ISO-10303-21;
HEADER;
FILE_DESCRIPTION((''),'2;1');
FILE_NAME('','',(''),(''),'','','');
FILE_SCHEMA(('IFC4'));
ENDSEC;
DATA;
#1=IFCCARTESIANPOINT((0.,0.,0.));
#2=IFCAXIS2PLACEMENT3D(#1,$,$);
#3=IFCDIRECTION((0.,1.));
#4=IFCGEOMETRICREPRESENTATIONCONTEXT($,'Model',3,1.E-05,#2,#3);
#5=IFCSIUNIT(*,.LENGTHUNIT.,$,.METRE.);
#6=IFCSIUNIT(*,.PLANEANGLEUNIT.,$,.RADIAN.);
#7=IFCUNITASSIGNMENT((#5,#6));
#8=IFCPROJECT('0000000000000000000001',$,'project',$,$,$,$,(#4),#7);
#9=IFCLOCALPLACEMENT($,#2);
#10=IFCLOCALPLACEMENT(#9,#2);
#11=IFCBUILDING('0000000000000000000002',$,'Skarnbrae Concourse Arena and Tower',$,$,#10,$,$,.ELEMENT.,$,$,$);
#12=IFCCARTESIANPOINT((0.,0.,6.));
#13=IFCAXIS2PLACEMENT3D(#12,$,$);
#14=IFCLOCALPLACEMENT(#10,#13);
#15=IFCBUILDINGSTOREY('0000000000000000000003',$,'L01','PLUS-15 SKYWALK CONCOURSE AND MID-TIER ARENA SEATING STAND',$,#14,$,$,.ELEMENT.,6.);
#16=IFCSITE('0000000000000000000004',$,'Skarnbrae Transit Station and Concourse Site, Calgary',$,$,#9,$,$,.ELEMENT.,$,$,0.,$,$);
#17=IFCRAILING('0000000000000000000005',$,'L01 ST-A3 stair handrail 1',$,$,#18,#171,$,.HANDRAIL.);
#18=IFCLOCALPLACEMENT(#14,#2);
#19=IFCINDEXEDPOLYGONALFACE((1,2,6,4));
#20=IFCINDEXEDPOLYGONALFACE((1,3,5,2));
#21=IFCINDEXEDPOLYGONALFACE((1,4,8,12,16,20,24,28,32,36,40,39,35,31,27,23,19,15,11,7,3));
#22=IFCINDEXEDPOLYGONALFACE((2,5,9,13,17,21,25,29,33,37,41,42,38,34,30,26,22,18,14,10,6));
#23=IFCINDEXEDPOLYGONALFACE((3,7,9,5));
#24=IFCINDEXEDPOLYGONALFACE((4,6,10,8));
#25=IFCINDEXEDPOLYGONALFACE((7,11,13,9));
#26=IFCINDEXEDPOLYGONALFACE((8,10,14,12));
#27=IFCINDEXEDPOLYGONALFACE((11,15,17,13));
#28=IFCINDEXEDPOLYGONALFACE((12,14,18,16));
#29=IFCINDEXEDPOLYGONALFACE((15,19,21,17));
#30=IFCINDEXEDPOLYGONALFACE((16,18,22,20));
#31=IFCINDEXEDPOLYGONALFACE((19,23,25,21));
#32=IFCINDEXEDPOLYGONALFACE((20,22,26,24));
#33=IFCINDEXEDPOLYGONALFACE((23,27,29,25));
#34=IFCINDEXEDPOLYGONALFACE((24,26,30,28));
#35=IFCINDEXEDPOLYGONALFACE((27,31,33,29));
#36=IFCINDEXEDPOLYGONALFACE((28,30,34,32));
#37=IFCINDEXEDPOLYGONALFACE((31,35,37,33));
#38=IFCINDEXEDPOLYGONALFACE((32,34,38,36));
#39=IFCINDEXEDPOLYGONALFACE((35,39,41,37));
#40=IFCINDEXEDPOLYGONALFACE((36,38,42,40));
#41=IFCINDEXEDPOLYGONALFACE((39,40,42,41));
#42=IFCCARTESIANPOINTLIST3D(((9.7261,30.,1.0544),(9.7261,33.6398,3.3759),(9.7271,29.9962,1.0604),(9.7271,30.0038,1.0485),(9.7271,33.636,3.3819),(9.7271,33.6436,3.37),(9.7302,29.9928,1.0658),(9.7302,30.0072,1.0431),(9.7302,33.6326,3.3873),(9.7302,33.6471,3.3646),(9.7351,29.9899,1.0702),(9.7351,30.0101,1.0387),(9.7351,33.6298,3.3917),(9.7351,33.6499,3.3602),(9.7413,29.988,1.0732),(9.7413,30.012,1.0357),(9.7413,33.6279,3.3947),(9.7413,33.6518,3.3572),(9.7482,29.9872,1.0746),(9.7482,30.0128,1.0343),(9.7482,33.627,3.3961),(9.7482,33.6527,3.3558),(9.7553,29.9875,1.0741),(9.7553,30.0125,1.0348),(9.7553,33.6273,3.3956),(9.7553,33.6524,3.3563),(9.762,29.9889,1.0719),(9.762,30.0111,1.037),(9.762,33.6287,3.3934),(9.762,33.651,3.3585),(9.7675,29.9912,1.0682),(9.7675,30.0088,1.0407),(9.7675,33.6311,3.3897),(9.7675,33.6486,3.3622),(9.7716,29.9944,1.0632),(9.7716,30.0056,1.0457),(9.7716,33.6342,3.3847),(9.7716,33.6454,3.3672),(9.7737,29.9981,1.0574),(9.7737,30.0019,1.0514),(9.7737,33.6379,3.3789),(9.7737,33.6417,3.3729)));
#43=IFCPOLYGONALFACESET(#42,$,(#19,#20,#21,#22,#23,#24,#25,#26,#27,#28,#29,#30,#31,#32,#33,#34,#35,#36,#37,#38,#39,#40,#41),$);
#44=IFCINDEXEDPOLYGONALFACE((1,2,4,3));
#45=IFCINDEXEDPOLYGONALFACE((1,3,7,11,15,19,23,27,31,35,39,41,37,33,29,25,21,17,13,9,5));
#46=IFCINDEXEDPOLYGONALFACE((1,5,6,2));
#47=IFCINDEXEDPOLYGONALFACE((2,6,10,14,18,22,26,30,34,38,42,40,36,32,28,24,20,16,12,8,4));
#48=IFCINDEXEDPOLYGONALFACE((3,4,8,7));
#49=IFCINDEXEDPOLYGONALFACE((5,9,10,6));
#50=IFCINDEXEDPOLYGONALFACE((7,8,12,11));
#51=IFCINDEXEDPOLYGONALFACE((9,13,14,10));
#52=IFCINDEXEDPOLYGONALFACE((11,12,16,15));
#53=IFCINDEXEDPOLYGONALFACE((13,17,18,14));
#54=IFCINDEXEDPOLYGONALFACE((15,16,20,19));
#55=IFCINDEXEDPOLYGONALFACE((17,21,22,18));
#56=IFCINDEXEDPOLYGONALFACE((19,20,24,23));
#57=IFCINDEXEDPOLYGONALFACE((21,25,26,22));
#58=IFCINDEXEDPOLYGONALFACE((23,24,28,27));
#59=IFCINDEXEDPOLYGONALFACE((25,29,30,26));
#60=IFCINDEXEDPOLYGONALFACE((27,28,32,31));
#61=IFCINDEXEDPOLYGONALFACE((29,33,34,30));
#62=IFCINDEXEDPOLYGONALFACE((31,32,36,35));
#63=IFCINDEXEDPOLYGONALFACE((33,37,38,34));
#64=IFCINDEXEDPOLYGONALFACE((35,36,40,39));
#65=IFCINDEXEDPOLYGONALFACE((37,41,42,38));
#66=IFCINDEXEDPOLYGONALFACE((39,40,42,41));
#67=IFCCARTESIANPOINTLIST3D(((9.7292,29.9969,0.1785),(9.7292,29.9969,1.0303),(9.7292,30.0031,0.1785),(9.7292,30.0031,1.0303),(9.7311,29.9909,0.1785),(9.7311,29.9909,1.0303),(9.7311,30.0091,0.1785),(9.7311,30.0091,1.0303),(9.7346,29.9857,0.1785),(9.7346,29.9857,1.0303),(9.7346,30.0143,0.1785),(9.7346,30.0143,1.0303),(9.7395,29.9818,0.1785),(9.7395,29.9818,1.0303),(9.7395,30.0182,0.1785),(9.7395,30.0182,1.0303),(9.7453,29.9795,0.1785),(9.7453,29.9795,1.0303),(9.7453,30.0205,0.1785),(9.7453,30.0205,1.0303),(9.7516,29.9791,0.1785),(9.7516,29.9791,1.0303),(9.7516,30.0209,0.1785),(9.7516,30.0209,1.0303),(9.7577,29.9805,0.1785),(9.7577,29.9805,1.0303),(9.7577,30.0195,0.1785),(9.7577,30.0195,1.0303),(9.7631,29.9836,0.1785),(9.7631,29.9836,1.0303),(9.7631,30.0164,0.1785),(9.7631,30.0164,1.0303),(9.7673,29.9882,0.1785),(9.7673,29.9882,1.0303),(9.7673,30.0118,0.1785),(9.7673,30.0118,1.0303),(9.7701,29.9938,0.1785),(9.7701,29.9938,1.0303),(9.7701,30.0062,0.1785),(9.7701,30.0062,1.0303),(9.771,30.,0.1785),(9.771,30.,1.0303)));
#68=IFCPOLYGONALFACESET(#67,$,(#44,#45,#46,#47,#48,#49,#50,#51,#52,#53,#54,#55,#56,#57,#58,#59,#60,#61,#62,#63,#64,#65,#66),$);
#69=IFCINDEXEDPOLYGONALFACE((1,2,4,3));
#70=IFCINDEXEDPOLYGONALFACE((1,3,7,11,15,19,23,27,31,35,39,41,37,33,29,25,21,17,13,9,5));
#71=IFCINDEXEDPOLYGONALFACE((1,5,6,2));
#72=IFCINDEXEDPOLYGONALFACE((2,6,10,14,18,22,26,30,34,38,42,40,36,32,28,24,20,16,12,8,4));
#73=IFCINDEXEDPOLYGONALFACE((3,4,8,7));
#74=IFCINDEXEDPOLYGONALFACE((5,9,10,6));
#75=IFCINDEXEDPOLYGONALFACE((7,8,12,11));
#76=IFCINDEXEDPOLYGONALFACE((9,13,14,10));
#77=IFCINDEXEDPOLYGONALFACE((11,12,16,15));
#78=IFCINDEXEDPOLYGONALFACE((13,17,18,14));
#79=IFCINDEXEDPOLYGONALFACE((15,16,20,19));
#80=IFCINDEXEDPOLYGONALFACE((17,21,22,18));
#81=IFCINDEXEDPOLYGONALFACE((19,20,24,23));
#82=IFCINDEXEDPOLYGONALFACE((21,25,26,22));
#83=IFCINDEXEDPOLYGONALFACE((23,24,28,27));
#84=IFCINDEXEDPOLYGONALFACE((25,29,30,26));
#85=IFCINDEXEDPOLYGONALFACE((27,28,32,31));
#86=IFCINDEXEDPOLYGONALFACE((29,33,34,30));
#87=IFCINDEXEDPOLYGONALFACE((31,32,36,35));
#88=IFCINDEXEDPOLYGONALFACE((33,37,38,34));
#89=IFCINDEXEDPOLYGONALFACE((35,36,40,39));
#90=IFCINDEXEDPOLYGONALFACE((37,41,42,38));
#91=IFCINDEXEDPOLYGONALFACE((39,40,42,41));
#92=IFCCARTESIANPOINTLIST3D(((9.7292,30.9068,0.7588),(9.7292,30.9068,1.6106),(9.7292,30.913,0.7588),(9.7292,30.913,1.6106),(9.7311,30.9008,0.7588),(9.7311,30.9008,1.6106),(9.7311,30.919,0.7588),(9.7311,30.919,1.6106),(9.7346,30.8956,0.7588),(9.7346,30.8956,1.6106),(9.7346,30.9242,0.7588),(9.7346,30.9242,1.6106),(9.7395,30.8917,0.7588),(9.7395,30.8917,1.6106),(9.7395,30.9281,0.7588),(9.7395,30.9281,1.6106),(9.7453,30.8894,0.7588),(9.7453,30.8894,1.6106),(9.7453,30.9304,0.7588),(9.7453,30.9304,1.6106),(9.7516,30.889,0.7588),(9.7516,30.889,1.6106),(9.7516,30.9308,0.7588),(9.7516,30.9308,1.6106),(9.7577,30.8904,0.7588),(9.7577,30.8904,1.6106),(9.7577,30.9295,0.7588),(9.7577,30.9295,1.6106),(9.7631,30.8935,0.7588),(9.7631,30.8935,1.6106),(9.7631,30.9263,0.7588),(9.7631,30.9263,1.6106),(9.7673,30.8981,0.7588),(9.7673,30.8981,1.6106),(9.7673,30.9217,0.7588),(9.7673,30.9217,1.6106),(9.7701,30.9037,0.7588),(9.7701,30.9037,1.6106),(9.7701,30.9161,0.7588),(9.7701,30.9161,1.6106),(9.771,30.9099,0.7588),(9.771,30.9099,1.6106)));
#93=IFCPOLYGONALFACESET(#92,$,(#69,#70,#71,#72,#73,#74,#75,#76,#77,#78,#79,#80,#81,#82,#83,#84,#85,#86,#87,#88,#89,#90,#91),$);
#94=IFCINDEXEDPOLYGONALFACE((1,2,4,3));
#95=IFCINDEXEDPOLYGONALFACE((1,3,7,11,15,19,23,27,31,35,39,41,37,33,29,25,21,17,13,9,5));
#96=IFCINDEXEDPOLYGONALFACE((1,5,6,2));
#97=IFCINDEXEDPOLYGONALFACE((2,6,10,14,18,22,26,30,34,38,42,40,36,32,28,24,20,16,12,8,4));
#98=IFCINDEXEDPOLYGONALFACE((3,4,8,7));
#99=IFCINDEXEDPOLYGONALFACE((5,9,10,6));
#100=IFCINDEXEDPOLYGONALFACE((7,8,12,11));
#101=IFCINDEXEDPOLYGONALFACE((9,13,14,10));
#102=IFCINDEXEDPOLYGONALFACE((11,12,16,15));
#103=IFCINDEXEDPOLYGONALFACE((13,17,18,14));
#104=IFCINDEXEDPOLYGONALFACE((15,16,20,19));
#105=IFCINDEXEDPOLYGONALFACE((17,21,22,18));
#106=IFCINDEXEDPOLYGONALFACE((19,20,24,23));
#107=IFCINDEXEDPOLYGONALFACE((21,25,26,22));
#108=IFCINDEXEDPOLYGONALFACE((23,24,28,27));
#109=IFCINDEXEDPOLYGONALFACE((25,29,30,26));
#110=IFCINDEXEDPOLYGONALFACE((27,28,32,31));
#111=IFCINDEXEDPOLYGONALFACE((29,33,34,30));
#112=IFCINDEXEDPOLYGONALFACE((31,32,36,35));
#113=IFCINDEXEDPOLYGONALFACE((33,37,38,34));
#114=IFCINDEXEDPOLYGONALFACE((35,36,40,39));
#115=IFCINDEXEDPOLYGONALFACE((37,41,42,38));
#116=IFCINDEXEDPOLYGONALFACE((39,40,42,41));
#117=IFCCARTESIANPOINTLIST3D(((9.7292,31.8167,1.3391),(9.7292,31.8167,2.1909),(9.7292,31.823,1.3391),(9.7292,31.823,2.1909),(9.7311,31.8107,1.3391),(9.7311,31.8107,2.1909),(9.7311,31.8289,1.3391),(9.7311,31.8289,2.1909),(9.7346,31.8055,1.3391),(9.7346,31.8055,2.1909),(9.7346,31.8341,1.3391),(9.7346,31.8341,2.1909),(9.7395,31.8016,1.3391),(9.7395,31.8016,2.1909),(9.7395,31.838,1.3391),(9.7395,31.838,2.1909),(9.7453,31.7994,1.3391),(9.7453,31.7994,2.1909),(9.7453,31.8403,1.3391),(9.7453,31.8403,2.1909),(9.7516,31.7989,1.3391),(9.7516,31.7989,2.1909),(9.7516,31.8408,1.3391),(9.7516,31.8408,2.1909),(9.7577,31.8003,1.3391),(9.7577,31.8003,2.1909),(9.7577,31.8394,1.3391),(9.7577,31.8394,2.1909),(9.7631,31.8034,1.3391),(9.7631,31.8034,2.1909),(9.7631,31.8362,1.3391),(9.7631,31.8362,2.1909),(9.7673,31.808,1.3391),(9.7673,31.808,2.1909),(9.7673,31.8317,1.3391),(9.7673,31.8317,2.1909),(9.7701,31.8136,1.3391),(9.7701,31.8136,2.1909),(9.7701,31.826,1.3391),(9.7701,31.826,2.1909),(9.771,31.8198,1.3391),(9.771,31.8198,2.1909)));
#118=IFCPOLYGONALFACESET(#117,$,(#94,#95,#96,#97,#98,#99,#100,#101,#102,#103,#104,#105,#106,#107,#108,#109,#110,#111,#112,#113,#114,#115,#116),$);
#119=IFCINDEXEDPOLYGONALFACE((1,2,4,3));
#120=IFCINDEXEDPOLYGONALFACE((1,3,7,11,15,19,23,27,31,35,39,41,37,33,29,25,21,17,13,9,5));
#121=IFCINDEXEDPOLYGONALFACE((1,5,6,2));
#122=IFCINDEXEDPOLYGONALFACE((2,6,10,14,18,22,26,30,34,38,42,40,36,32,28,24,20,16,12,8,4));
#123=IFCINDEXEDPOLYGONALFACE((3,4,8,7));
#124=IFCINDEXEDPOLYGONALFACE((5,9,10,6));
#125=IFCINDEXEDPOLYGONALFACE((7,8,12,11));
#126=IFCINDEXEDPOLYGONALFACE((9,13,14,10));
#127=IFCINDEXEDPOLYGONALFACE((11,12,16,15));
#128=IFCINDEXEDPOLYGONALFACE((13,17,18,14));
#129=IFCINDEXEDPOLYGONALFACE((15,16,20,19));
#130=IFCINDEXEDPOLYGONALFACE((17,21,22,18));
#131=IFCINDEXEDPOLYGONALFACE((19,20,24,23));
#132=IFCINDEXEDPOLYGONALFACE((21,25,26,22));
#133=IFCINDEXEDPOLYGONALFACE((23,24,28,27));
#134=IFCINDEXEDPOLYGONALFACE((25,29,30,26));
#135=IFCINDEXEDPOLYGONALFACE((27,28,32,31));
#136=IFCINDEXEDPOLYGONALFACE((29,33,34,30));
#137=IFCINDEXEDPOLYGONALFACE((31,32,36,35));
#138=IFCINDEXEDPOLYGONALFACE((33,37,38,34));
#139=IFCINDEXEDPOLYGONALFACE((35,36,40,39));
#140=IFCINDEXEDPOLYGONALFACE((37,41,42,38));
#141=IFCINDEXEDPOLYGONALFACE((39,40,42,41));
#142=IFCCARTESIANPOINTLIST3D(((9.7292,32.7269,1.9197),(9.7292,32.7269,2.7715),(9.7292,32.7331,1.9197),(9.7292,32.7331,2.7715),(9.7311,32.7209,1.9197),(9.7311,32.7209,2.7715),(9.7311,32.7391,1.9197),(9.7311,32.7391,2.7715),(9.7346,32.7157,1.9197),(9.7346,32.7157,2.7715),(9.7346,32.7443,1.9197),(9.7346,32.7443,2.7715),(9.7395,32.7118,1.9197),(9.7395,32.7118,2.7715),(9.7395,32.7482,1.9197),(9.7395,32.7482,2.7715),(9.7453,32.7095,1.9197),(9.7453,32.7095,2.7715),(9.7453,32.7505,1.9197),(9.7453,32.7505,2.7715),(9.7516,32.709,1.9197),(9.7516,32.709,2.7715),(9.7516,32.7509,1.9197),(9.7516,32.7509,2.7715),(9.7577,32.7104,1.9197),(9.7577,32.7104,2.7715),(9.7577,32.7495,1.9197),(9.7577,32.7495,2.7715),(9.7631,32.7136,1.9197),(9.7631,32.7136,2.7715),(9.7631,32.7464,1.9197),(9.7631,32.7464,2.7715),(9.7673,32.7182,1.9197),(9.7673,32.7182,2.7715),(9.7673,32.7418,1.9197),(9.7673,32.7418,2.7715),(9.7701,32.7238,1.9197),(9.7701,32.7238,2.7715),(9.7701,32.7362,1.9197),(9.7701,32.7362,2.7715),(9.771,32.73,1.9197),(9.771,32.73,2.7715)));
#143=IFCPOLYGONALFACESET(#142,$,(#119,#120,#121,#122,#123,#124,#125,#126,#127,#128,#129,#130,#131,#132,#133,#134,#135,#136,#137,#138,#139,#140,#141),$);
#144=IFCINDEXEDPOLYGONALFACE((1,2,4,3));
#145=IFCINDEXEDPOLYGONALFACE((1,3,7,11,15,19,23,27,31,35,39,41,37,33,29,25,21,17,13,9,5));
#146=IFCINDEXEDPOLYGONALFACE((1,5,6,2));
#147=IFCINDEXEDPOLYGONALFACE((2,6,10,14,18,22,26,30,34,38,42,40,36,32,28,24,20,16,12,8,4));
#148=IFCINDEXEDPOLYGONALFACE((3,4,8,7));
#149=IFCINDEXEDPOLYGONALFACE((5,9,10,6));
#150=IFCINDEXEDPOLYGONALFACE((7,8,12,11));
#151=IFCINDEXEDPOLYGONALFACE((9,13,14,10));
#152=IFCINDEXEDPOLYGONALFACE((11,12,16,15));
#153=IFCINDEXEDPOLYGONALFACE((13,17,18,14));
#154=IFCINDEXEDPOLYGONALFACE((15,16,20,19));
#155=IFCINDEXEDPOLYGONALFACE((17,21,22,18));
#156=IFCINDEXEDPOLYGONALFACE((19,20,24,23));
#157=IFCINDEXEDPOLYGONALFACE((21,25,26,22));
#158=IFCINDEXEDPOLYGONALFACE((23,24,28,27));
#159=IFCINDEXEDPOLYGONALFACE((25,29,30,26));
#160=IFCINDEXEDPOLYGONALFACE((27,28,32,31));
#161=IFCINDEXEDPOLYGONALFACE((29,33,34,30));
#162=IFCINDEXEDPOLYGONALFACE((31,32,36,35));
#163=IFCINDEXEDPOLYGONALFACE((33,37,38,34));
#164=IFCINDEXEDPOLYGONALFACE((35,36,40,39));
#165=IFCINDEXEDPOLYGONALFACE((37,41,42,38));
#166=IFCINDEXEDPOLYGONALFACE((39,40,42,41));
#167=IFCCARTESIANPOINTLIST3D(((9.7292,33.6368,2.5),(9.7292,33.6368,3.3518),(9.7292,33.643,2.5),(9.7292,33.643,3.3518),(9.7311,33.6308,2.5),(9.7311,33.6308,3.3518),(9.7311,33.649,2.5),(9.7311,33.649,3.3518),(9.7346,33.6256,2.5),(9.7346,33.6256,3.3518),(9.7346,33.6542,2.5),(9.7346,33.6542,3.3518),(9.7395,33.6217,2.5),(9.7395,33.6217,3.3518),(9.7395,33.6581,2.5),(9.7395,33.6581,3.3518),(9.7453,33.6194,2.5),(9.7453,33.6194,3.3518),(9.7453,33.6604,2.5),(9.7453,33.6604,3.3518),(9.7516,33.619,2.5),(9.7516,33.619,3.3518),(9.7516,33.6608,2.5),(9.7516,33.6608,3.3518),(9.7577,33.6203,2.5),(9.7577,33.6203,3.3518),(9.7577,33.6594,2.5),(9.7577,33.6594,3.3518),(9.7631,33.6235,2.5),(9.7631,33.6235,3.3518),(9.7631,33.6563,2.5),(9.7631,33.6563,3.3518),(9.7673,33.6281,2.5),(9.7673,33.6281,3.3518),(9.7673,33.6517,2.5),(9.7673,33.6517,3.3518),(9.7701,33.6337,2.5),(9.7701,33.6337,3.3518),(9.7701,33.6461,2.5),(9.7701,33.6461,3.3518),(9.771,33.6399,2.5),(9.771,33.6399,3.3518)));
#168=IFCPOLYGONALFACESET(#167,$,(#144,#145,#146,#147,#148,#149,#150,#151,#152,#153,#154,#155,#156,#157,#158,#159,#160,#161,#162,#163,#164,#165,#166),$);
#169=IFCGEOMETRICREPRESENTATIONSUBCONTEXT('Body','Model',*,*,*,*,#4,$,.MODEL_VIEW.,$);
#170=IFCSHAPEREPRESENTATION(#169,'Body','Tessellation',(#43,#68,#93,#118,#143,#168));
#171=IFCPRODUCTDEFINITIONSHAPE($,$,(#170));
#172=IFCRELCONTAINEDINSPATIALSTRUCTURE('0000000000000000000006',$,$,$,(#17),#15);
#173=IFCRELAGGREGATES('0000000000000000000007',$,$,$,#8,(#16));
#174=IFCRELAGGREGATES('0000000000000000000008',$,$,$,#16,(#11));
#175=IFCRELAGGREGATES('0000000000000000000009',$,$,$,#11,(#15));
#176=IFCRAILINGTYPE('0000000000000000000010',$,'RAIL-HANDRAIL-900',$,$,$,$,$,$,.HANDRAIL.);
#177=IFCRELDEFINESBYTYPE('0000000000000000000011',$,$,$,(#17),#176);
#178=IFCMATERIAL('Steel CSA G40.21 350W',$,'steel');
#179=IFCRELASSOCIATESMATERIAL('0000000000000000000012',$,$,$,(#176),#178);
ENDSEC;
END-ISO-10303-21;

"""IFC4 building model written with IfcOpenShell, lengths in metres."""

from ifc_helpers import new_model, si_unit, direction, frame, origin, origin_2d, place, context, subcontext, project, spatial, circle, extrude, material, type_object, element, save


model = new_model("IFC4")

# Units and contexts
model_context = context("Model", 3, precision=1e-05, world=origin(), true_north=direction((0.0, 1.0)))
body_context = subcontext(model_context, "Body", "Model", "MODEL_VIEW")
ifc_project = project(units=[si_unit("LENGTHUNIT", "METRE"), si_unit("PLANEANGLEUNIT", "RADIAN")], contexts=[model_context])

# Site, building, storey
site_placement = place(None, origin())
site = spatial("IfcSite", under=ifc_project, at=site_placement, Name="Skarnbrae Transit Station and Concourse Site, Calgary", CompositionType="ELEMENT", RefElevation=0.0)
building_placement = place(site_placement, origin())
building = spatial("IfcBuilding", under=site, at=building_placement, Name="Skarnbrae Concourse Arena and Tower", CompositionType="ELEMENT")
storey_placement = place(building_placement, frame((0.0, 0.0, 6.0)))
storey = spatial("IfcBuildingStorey", under=building, at=storey_placement, Name="L01", Description="PLUS-15 SKYWALK CONCOURSE AND MID-TIER ARENA SEATING STAND", CompositionType="ELEMENT", Elevation=6.0)

# Shared definitions
ifc_material_1 = material(Name="Steel CSA G40.21 350W", Category="steel")

# Railing
railing_type_1 = type_object("IfcRailingType", Name="RAIL-HANDRAIL-900", PredefinedType="HANDRAIL", material=ifc_material_1)
railing_1_placement = place(storey_placement, frame((9.75, 30.0, 0.1785)))
element("IfcRailing", 1, at=railing_1_placement, inside=storey, type_object=railing_type_1, Name="L01 ST-A3 stair handrail 1", PredefinedType="HANDRAIL", context=body_context, shape_type="SweptSolid", body=[
    extrude(circle(Radius=0.0239, at=origin_2d()), frame((0.0, 0.0, 0.876), z_axis=(0.0, 0.843112, 0.537739), x_axis=(-1.0, 0.0, 0.0)), (0.0, 0.0, 1.0), 4.3171),
    extrude(circle(Radius=0.021, at=origin_2d()), origin(), (0.0, 0.0, 1.0), 0.8518),
    extrude(circle(Radius=0.021, at=origin_2d()), frame((0.0, 0.9099, 0.5803)), (0.0, 0.0, 1.0), 0.8518),
    extrude(circle(Radius=0.021, at=origin_2d()), frame((0.0, 1.8198, 1.1606)), (0.0, 0.0, 1.0), 0.8518),
    extrude(circle(Radius=0.021, at=origin_2d()), frame((0.0, 2.73, 1.7412)), (0.0, 0.0, 1.0), 0.8518),
    extrude(circle(Radius=0.021, at=origin_2d()), frame((0.0, 3.6399, 2.3215)), (0.0, 0.0, 1.0), 0.8518),
])

save(model, "model.ifc")
